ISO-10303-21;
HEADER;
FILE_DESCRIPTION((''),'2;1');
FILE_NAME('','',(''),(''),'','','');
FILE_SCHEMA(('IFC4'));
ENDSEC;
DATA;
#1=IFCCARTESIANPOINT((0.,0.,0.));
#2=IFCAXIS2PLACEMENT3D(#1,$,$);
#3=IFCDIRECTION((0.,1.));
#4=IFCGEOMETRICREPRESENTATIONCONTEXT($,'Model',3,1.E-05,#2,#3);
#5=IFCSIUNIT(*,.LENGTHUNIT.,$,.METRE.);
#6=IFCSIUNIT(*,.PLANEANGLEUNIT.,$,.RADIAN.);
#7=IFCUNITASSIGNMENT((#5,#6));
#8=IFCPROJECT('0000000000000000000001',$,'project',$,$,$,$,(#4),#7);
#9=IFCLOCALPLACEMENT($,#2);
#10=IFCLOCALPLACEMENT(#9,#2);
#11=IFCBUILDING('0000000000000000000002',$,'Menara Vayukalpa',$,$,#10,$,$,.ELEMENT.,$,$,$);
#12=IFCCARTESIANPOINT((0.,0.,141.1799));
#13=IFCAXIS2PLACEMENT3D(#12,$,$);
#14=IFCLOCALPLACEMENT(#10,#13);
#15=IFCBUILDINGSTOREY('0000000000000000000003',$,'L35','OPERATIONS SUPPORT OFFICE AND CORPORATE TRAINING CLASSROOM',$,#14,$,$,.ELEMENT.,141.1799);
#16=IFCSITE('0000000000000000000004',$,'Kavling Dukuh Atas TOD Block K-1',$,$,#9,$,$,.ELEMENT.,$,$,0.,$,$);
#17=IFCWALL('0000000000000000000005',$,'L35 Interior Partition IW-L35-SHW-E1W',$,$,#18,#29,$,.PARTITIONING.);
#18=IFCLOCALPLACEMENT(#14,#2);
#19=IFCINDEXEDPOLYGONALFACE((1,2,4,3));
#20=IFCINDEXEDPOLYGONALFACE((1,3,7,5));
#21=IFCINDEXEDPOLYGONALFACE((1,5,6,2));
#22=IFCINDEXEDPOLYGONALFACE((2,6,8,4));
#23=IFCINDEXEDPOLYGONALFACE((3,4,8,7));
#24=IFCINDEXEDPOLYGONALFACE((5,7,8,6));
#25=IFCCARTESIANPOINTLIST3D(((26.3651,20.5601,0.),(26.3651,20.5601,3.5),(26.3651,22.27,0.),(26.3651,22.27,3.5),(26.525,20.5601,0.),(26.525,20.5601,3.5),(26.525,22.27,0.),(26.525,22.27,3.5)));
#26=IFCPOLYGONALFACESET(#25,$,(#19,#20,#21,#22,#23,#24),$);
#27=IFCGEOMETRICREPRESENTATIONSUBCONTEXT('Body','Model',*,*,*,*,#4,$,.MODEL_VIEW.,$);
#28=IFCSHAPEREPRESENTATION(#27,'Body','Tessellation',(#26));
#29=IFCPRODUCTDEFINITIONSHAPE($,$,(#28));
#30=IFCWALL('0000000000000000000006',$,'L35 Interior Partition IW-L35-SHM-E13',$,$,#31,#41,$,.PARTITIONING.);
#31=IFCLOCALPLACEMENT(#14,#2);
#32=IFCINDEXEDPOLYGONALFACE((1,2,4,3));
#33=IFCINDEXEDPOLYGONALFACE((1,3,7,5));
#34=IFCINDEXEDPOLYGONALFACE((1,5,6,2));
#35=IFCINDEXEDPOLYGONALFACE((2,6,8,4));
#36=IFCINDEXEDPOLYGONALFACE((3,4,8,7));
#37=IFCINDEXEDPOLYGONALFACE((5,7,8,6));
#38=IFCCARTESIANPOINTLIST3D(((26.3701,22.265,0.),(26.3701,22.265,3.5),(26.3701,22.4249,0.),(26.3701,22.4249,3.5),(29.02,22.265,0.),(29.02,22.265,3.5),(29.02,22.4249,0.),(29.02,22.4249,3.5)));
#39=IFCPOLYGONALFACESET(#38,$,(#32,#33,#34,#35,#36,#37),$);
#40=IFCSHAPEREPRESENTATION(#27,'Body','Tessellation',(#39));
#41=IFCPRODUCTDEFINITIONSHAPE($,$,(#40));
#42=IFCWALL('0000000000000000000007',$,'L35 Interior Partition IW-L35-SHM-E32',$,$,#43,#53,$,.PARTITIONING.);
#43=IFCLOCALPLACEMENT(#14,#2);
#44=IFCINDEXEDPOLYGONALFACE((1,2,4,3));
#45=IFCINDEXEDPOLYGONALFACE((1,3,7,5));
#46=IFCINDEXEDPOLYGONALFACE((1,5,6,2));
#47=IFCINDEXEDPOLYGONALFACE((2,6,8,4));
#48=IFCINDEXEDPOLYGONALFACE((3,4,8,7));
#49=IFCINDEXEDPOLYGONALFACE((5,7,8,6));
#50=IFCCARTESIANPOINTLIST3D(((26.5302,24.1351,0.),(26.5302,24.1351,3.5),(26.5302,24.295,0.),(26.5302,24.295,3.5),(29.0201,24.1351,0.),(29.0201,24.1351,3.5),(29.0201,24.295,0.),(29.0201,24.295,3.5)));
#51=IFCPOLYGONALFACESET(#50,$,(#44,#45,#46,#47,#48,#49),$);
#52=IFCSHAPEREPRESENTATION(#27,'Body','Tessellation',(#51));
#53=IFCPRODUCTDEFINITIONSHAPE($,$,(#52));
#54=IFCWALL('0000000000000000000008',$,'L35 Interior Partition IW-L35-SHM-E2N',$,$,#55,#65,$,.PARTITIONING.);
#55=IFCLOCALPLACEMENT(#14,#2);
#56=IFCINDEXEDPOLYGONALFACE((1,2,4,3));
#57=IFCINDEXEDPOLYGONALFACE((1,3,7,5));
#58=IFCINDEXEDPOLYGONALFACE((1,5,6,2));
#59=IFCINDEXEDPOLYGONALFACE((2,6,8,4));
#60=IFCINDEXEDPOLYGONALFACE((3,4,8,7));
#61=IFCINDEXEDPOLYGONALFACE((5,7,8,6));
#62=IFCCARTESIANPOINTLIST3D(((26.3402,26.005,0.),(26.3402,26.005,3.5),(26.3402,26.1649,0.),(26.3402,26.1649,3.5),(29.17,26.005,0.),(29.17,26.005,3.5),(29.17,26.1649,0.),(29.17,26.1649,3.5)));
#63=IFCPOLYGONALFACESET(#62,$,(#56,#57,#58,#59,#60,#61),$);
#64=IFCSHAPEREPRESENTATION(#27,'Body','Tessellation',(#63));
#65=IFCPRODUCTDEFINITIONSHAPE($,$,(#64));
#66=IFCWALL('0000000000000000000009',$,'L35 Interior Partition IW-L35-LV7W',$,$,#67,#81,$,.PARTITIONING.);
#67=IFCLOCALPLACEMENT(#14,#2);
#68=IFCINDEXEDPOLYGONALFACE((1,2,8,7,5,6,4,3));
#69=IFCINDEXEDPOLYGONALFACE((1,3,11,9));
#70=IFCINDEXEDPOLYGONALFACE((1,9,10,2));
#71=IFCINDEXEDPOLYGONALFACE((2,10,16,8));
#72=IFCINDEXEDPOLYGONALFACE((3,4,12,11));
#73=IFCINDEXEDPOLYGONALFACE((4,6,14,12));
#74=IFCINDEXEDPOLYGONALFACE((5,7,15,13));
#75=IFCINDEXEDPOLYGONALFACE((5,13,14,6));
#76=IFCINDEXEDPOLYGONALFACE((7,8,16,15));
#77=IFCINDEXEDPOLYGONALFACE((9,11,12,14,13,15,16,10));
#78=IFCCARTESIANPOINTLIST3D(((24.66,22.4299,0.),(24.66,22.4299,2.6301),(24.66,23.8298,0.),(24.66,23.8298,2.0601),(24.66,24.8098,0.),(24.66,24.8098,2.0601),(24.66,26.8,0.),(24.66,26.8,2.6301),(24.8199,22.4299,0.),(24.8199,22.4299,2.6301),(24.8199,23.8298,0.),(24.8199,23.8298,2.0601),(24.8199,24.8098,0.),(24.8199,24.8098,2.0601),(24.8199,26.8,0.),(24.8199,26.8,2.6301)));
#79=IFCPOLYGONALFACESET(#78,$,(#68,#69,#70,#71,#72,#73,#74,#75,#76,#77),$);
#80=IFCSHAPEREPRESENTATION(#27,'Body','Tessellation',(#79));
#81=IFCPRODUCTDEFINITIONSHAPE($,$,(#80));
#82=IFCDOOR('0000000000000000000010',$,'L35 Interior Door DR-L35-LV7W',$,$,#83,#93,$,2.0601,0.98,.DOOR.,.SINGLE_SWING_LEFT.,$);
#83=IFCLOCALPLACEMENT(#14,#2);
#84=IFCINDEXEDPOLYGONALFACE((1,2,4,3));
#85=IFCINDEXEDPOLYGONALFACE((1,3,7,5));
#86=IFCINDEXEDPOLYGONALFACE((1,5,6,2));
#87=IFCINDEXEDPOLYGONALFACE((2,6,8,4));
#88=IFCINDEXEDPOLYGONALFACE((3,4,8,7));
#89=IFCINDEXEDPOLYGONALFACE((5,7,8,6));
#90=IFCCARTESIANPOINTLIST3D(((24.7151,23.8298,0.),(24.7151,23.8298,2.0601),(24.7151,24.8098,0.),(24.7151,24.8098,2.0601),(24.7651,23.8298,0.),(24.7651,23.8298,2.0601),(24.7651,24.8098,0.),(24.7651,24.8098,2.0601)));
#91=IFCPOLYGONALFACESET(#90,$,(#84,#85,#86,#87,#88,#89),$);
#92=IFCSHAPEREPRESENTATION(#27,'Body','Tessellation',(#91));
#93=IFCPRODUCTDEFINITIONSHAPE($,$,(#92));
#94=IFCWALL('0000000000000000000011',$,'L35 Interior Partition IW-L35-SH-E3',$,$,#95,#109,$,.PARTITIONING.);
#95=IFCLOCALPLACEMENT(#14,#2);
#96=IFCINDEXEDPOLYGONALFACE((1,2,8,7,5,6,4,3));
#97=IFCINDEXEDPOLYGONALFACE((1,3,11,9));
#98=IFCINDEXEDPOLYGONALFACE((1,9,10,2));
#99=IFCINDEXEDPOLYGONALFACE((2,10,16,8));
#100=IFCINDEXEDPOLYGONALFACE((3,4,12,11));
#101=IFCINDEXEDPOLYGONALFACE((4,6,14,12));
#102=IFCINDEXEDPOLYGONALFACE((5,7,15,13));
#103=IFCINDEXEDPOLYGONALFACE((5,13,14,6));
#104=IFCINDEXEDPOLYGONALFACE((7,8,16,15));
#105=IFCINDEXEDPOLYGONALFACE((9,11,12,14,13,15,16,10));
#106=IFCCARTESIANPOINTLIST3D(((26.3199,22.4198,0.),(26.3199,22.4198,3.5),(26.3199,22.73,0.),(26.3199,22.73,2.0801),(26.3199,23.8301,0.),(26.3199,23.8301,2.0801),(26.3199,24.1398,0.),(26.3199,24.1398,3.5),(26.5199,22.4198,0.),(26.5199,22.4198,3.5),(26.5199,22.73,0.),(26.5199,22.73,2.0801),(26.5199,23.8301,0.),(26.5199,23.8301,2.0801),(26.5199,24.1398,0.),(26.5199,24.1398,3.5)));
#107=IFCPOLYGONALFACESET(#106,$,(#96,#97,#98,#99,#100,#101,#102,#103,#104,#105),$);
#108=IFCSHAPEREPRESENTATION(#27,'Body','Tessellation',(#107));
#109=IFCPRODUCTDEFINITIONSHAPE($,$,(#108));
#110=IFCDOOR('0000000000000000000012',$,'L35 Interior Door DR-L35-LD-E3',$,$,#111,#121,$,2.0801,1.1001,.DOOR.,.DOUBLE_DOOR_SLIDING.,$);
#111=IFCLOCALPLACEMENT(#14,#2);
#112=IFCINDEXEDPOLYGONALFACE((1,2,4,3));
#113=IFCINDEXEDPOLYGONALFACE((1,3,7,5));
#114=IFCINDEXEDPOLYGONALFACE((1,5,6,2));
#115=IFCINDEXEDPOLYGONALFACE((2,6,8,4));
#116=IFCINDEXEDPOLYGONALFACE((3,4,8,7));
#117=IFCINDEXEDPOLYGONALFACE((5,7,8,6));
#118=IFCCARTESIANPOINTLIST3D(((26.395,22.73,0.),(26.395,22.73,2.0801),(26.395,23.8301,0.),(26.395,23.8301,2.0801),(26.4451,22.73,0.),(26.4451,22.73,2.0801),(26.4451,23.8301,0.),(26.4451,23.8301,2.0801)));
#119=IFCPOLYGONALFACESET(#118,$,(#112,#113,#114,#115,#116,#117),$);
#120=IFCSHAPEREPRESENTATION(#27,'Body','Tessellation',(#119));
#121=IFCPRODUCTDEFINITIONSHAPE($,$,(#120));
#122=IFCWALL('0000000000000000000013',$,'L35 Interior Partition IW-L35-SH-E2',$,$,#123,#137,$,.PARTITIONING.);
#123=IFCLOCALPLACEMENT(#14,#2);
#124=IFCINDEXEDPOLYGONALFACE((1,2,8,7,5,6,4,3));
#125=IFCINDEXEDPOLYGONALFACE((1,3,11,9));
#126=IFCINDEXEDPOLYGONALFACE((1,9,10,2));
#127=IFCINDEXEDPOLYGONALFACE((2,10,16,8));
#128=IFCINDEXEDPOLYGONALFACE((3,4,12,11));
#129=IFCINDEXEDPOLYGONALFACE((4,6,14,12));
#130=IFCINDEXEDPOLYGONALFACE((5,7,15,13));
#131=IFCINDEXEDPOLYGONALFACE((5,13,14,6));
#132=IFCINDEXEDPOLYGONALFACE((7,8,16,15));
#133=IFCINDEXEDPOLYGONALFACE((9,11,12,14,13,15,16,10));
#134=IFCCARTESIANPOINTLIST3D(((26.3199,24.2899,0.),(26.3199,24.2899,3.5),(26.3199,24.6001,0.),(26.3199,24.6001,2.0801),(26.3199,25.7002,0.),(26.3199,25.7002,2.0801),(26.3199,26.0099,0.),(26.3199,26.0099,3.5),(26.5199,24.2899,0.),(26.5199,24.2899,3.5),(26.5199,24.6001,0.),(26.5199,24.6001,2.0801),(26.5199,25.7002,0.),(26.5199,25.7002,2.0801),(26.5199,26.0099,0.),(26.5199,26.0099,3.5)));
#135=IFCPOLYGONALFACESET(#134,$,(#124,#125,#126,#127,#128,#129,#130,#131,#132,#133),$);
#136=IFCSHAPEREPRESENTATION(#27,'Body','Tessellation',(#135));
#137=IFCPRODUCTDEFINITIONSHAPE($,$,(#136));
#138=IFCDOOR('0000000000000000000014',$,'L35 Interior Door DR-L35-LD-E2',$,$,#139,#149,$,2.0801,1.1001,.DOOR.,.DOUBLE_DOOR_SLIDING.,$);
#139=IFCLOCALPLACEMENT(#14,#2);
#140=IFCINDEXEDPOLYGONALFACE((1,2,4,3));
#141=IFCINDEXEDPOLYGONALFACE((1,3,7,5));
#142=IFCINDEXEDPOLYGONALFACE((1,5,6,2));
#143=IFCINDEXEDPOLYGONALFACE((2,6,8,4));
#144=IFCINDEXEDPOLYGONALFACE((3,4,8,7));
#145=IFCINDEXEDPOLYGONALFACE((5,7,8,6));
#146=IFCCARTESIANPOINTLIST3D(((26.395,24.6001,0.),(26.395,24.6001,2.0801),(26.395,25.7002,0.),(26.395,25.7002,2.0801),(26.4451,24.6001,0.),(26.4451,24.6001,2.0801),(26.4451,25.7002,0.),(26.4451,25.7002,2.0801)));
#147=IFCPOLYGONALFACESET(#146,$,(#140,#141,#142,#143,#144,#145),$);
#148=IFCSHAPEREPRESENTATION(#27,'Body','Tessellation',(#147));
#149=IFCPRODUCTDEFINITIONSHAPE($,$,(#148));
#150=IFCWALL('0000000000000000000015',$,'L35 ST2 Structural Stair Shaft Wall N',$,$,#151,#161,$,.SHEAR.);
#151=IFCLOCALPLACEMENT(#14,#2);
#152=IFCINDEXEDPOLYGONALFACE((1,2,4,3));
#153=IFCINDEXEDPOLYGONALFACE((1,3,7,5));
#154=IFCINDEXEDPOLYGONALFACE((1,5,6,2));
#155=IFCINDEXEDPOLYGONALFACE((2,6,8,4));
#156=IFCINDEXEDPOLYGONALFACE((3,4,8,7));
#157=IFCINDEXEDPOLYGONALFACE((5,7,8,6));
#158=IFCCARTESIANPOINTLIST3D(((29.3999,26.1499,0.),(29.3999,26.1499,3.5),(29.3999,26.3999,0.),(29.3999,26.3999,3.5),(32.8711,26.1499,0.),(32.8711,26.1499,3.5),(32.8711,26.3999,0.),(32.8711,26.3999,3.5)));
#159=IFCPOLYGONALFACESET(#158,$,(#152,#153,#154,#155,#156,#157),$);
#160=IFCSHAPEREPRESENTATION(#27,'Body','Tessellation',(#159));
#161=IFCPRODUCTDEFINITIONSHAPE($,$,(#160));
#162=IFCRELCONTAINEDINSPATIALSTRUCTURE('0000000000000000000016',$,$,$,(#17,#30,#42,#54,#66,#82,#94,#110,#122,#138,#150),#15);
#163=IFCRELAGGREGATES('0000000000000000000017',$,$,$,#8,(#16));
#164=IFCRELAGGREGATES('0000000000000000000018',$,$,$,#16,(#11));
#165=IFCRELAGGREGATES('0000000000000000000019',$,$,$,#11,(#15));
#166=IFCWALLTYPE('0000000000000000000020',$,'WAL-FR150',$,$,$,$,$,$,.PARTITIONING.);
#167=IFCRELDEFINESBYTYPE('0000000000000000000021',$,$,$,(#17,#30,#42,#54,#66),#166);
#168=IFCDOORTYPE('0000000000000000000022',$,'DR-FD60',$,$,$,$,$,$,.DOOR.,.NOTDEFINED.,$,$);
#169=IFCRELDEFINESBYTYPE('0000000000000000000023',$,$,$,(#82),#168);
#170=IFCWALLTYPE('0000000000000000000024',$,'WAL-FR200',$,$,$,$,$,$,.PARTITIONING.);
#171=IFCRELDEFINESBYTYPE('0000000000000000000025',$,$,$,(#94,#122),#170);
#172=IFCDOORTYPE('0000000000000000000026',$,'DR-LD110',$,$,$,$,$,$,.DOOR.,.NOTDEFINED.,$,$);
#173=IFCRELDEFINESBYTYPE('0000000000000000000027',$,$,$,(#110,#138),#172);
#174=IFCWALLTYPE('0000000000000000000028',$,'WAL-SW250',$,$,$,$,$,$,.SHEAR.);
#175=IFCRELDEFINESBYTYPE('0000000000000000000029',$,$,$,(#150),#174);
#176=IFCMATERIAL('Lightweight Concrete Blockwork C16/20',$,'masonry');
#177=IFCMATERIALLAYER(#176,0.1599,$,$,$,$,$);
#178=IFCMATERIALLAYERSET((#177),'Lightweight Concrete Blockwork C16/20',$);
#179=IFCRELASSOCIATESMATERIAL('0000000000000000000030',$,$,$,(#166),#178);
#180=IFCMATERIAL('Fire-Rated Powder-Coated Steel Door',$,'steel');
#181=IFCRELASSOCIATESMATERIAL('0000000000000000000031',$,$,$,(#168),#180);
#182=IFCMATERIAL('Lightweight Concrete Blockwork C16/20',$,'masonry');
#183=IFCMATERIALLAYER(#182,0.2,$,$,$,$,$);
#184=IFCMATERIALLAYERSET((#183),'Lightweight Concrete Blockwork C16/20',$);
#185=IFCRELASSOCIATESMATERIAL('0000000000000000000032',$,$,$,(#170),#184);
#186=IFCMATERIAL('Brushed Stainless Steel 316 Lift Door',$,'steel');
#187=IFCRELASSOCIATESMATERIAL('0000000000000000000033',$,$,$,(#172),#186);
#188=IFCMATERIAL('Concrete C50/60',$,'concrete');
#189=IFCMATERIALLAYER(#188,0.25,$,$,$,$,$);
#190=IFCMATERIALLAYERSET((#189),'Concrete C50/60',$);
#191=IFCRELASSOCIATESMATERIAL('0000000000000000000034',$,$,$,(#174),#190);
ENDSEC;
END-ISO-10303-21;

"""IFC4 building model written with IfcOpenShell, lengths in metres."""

from ifc_helpers import new_model, si_unit, direction, frame, frame_2d, origin, place, context, subcontext, project, spatial, rectangle, extrude, material, layer, layer_set, type_object, element, fill, save


model = new_model("IFC4")

# Units and contexts
model_context = context("Model", 3, precision=1e-05, world=origin(), true_north=direction((0.0, 1.0)))
body_context = subcontext(model_context, "Body", "Model", "MODEL_VIEW")
ifc_project = project(units=[si_unit("LENGTHUNIT", "METRE"), si_unit("PLANEANGLEUNIT", "RADIAN")], contexts=[model_context])

# Site, building, storey
site_placement = place(None, origin())
site = spatial("IfcSite", under=ifc_project, at=site_placement, Name="Kavling Dukuh Atas TOD Block K-1", CompositionType="ELEMENT", RefElevation=0.0)
building_placement = place(site_placement, origin())
building = spatial("IfcBuilding", under=site, at=building_placement, Name="Menara Vayukalpa", CompositionType="ELEMENT")
storey_placement = place(building_placement, frame((0.0, 0.0, 141.1799)))
storey = spatial("IfcBuildingStorey", under=building, at=storey_placement, Name="L35", Description="OPERATIONS SUPPORT OFFICE AND CORPORATE TRAINING CLASSROOM", CompositionType="ELEMENT", Elevation=141.1799)

# Walls
ifc_material_1 = material(Name="Lightweight Concrete Blockwork C16/20", Category="masonry")
ifc_layer_1 = layer(ifc_material_1, 0.1599)
ifc_layer_set_1 = layer_set([ifc_layer_1], Name="Lightweight Concrete Blockwork C16/20")
wall_type_1 = type_object("IfcWallType", Name="WAL-FR150", PredefinedType="PARTITIONING", material=ifc_layer_set_1)
wall_1_placement = place(storey_placement, frame((26.4451, 20.5601, 0.0), z_axis=(0.0, 0.0, 1.0), x_axis=(0.0, 1.0, 0.0)))
element("IfcWall", 1, at=wall_1_placement, inside=storey, type_object=wall_type_1, Name="L35 Interior Partition IW-L35-SHW-E1W", PredefinedType="PARTITIONING", context=body_context, shape_type="SweptSolid", body=[
    extrude(rectangle(XDim=1.71, YDim=0.1599, at=frame_2d((0.855, 0.0))), origin(), (0.0, 0.0, 1.0), 3.5),
])
wall_2_placement = place(storey_placement, frame((26.3701, 22.345, 0.0), z_axis=(0.0, 0.0, 1.0), x_axis=(1.0, 0.0, 0.0)))
element("IfcWall", 2, at=wall_2_placement, inside=storey, type_object=wall_type_1, Name="L35 Interior Partition IW-L35-SHM-E13", PredefinedType="PARTITIONING", context=body_context, shape_type="SweptSolid", body=[
    extrude(rectangle(XDim=2.6499, YDim=0.1599, at=frame_2d((1.325, 0.0))), origin(), (0.0, 0.0, 1.0), 3.5),
])
wall_3_placement = place(storey_placement, frame((26.53, 24.2151, 0.0), z_axis=(0.0, 0.0, 1.0), x_axis=(1.0, 0.0, 0.0)))
element("IfcWall", 3, at=wall_3_placement, inside=storey, type_object=wall_type_1, Name="L35 Interior Partition IW-L35-SHM-E32", PredefinedType="PARTITIONING", context=body_context, shape_type="SweptSolid", body=[
    extrude(rectangle(XDim=2.49, YDim=0.1599, at=frame_2d((1.2451, 0.0))), origin(), (0.0, 0.0, 1.0), 3.5),
])
wall_4_placement = place(storey_placement, frame((26.3401, 26.085, 0.0), z_axis=(0.0, 0.0, 1.0), x_axis=(1.0, 0.0, 0.0)))
element("IfcWall", 4, at=wall_4_placement, inside=storey, type_object=wall_type_1, Name="L35 Interior Partition IW-L35-SHM-E2N", PredefinedType="PARTITIONING", context=body_context, shape_type="SweptSolid", body=[
    extrude(rectangle(XDim=2.8298, YDim=0.1599, at=frame_2d((1.415, 0.0))), origin(), (0.0, 0.0, 1.0), 3.5),
])

# Walls, openings, doors
wall_5_placement = place(storey_placement, frame((24.74, 22.4299, 0.0), z_axis=(0.0, 0.0, 1.0), x_axis=(0.0, 1.0, 0.0)))
wall_5 = element("IfcWall", 5, at=wall_5_placement, inside=storey, type_object=wall_type_1, Name="L35 Interior Partition IW-L35-LV7W", PredefinedType="PARTITIONING", context=body_context, shape_type="SweptSolid", body=[
    extrude(rectangle(XDim=4.3701, YDim=0.1599, at=frame_2d((2.1851, 0.0))), origin(), (0.0, 0.0, 1.0), 2.6301),
])
opening_1_placement = place(wall_5_placement, frame((1.3999, 0.0, 0.0)))
opening_1 = element("IfcOpeningElement", 6, at=opening_1_placement, cuts=wall_5, PredefinedType="OPENING", context=body_context, shape_type="SweptSolid", body=[
    extrude(rectangle(XDim=0.98, YDim=2.0601, at=frame_2d((0.49, 1.03))), frame((0.0, 0.0898, 0.0), z_axis=(0.0, -1.0, 0.0), x_axis=(1.0, 0.0, 0.0)), (0.0, 0.0, 1.0), 0.1799),
])
ifc_material_2 = material(Name="Fire-Rated Powder-Coated Steel Door", Category="steel")
door_type_1 = type_object("IfcDoorType", Name="DR-FD60", OperationType="NOTDEFINED", PredefinedType="DOOR", material=ifc_material_2)
door_1_placement = place(opening_1_placement, origin())
door_1 = element("IfcDoor", 7, at=door_1_placement, inside=storey, type_object=door_type_1, Name="L35 Interior Door DR-L35-LV7W", OperationType="SINGLE_SWING_LEFT", OverallHeight=2.0601, OverallWidth=0.98, PredefinedType="DOOR", context=body_context, shape_type="SweptSolid", body=[
    extrude(rectangle(XDim=0.98, YDim=2.0601, at=frame_2d((0.49, 1.03))), frame((0.0, 0.0249, 0.0), z_axis=(0.0, -1.0, 0.0), x_axis=(1.0, 0.0, 0.0)), (0.0, 0.0, 1.0), 0.05),
])
fill(opening_1, door_1)
ifc_material_3 = material(Name="Lightweight Concrete Blockwork C16/20", Category="masonry")
ifc_layer_2 = layer(ifc_material_3, 0.2)
ifc_layer_set_2 = layer_set([ifc_layer_2], Name="Lightweight Concrete Blockwork C16/20")
wall_type_2 = type_object("IfcWallType", Name="WAL-FR200", PredefinedType="PARTITIONING", material=ifc_layer_set_2)
wall_6_placement = place(storey_placement, frame((26.4199, 22.4199, 0.0), z_axis=(0.0, 0.0, 1.0), x_axis=(0.0, 1.0, 0.0)))
wall_6 = element("IfcWall", 8, at=wall_6_placement, inside=storey, type_object=wall_type_2, Name="L35 Interior Partition IW-L35-SH-E3", PredefinedType="PARTITIONING", context=body_context, shape_type="SweptSolid", body=[
    extrude(rectangle(XDim=1.72, YDim=0.2, at=frame_2d((0.8599, 0.0))), origin(), (0.0, 0.0, 1.0), 3.5),
])
opening_2_placement = place(wall_6_placement, frame((0.3101, 0.0, 0.0)))
opening_2 = element("IfcOpeningElement", 9, at=opening_2_placement, cuts=wall_6, PredefinedType="OPENING", context=body_context, shape_type="SweptSolid", body=[
    extrude(rectangle(XDim=1.1001, YDim=2.0801, at=frame_2d((0.55, 1.04))), frame((0.0, 0.1099, 0.0), z_axis=(0.0, -1.0, 0.0), x_axis=(1.0, 0.0, 0.0)), (0.0, 0.0, 1.0), 0.22),
])
ifc_material_4 = material(Name="Brushed Stainless Steel 316 Lift Door", Category="steel")
door_type_2 = type_object("IfcDoorType", Name="DR-LD110", OperationType="NOTDEFINED", PredefinedType="DOOR", material=ifc_material_4)
door_2_placement = place(opening_2_placement, origin())
door_2 = element("IfcDoor", 10, at=door_2_placement, inside=storey, type_object=door_type_2, Name="L35 Interior Door DR-L35-LD-E3", OperationType="DOUBLE_DOOR_SLIDING", OverallHeight=2.0801, OverallWidth=1.1001, PredefinedType="DOOR", context=body_context, shape_type="SweptSolid", body=[
    extrude(rectangle(XDim=1.1001, YDim=2.0801, at=frame_2d((0.55, 1.04))), frame((0.0, 0.0249, 0.0), z_axis=(0.0, -1.0, 0.0), x_axis=(1.0, 0.0, 0.0)), (0.0, 0.0, 1.0), 0.05),
])
fill(opening_2, door_2)
wall_7_placement = place(storey_placement, frame((26.4199, 24.29, 0.0), z_axis=(0.0, 0.0, 1.0), x_axis=(0.0, 1.0, 0.0)))
wall_7 = element("IfcWall", 11, at=wall_7_placement, inside=storey, type_object=wall_type_2, Name="L35 Interior Partition IW-L35-SH-E2", PredefinedType="PARTITIONING", context=body_context, shape_type="SweptSolid", body=[
    extrude(rectangle(XDim=1.72, YDim=0.2, at=frame_2d((0.8599, 0.0))), origin(), (0.0, 0.0, 1.0), 3.5),
])
opening_3_placement = place(wall_7_placement, frame((0.3101, 0.0, 0.0)))
opening_3 = element("IfcOpeningElement", 12, at=opening_3_placement, cuts=wall_7, PredefinedType="OPENING", context=body_context, shape_type="SweptSolid", body=[
    extrude(rectangle(XDim=1.1001, YDim=2.0801, at=frame_2d((0.55, 1.04))), frame((0.0, 0.1099, 0.0), z_axis=(0.0, -1.0, 0.0), x_axis=(1.0, 0.0, 0.0)), (0.0, 0.0, 1.0), 0.22),
])
door_3_placement = place(opening_3_placement, origin())
door_3 = element("IfcDoor", 13, at=door_3_placement, inside=storey, type_object=door_type_2, Name="L35 Interior Door DR-L35-LD-E2", OperationType="DOUBLE_DOOR_SLIDING", OverallHeight=2.0801, OverallWidth=1.1001, PredefinedType="DOOR", context=body_context, shape_type="SweptSolid", body=[
    extrude(rectangle(XDim=1.1001, YDim=2.0801, at=frame_2d((0.55, 1.04))), frame((0.0, 0.0249, 0.0), z_axis=(0.0, -1.0, 0.0), x_axis=(1.0, 0.0, 0.0)), (0.0, 0.0, 1.0), 0.05),
])
fill(opening_3, door_3)

# Wall
ifc_material_5 = material(Name="Concrete C50/60", Category="concrete")
ifc_layer_3 = layer(ifc_material_5, 0.25)
ifc_layer_set_3 = layer_set([ifc_layer_3], Name="Concrete C50/60")
wall_type_3 = type_object("IfcWallType", Name="WAL-SW250", PredefinedType="SHEAR", material=ifc_layer_set_3)
wall_8_placement = place(storey_placement, frame((29.3999, 26.2749, 0.0), z_axis=(0.0, 0.0, 1.0), x_axis=(1.0, 0.0, 0.0)))
element("IfcWall", 14, at=wall_8_placement, inside=storey, type_object=wall_type_3, Name="L35 ST2 Structural Stair Shaft Wall N", PredefinedType="SHEAR", context=body_context, shape_type="SweptSolid", body=[
    extrude(rectangle(XDim=3.4712, YDim=0.25, at=frame_2d((1.7356, 0.0))), origin(), (0.0, 0.0, 1.0), 3.5),
])

save(model, "model.ifc")
